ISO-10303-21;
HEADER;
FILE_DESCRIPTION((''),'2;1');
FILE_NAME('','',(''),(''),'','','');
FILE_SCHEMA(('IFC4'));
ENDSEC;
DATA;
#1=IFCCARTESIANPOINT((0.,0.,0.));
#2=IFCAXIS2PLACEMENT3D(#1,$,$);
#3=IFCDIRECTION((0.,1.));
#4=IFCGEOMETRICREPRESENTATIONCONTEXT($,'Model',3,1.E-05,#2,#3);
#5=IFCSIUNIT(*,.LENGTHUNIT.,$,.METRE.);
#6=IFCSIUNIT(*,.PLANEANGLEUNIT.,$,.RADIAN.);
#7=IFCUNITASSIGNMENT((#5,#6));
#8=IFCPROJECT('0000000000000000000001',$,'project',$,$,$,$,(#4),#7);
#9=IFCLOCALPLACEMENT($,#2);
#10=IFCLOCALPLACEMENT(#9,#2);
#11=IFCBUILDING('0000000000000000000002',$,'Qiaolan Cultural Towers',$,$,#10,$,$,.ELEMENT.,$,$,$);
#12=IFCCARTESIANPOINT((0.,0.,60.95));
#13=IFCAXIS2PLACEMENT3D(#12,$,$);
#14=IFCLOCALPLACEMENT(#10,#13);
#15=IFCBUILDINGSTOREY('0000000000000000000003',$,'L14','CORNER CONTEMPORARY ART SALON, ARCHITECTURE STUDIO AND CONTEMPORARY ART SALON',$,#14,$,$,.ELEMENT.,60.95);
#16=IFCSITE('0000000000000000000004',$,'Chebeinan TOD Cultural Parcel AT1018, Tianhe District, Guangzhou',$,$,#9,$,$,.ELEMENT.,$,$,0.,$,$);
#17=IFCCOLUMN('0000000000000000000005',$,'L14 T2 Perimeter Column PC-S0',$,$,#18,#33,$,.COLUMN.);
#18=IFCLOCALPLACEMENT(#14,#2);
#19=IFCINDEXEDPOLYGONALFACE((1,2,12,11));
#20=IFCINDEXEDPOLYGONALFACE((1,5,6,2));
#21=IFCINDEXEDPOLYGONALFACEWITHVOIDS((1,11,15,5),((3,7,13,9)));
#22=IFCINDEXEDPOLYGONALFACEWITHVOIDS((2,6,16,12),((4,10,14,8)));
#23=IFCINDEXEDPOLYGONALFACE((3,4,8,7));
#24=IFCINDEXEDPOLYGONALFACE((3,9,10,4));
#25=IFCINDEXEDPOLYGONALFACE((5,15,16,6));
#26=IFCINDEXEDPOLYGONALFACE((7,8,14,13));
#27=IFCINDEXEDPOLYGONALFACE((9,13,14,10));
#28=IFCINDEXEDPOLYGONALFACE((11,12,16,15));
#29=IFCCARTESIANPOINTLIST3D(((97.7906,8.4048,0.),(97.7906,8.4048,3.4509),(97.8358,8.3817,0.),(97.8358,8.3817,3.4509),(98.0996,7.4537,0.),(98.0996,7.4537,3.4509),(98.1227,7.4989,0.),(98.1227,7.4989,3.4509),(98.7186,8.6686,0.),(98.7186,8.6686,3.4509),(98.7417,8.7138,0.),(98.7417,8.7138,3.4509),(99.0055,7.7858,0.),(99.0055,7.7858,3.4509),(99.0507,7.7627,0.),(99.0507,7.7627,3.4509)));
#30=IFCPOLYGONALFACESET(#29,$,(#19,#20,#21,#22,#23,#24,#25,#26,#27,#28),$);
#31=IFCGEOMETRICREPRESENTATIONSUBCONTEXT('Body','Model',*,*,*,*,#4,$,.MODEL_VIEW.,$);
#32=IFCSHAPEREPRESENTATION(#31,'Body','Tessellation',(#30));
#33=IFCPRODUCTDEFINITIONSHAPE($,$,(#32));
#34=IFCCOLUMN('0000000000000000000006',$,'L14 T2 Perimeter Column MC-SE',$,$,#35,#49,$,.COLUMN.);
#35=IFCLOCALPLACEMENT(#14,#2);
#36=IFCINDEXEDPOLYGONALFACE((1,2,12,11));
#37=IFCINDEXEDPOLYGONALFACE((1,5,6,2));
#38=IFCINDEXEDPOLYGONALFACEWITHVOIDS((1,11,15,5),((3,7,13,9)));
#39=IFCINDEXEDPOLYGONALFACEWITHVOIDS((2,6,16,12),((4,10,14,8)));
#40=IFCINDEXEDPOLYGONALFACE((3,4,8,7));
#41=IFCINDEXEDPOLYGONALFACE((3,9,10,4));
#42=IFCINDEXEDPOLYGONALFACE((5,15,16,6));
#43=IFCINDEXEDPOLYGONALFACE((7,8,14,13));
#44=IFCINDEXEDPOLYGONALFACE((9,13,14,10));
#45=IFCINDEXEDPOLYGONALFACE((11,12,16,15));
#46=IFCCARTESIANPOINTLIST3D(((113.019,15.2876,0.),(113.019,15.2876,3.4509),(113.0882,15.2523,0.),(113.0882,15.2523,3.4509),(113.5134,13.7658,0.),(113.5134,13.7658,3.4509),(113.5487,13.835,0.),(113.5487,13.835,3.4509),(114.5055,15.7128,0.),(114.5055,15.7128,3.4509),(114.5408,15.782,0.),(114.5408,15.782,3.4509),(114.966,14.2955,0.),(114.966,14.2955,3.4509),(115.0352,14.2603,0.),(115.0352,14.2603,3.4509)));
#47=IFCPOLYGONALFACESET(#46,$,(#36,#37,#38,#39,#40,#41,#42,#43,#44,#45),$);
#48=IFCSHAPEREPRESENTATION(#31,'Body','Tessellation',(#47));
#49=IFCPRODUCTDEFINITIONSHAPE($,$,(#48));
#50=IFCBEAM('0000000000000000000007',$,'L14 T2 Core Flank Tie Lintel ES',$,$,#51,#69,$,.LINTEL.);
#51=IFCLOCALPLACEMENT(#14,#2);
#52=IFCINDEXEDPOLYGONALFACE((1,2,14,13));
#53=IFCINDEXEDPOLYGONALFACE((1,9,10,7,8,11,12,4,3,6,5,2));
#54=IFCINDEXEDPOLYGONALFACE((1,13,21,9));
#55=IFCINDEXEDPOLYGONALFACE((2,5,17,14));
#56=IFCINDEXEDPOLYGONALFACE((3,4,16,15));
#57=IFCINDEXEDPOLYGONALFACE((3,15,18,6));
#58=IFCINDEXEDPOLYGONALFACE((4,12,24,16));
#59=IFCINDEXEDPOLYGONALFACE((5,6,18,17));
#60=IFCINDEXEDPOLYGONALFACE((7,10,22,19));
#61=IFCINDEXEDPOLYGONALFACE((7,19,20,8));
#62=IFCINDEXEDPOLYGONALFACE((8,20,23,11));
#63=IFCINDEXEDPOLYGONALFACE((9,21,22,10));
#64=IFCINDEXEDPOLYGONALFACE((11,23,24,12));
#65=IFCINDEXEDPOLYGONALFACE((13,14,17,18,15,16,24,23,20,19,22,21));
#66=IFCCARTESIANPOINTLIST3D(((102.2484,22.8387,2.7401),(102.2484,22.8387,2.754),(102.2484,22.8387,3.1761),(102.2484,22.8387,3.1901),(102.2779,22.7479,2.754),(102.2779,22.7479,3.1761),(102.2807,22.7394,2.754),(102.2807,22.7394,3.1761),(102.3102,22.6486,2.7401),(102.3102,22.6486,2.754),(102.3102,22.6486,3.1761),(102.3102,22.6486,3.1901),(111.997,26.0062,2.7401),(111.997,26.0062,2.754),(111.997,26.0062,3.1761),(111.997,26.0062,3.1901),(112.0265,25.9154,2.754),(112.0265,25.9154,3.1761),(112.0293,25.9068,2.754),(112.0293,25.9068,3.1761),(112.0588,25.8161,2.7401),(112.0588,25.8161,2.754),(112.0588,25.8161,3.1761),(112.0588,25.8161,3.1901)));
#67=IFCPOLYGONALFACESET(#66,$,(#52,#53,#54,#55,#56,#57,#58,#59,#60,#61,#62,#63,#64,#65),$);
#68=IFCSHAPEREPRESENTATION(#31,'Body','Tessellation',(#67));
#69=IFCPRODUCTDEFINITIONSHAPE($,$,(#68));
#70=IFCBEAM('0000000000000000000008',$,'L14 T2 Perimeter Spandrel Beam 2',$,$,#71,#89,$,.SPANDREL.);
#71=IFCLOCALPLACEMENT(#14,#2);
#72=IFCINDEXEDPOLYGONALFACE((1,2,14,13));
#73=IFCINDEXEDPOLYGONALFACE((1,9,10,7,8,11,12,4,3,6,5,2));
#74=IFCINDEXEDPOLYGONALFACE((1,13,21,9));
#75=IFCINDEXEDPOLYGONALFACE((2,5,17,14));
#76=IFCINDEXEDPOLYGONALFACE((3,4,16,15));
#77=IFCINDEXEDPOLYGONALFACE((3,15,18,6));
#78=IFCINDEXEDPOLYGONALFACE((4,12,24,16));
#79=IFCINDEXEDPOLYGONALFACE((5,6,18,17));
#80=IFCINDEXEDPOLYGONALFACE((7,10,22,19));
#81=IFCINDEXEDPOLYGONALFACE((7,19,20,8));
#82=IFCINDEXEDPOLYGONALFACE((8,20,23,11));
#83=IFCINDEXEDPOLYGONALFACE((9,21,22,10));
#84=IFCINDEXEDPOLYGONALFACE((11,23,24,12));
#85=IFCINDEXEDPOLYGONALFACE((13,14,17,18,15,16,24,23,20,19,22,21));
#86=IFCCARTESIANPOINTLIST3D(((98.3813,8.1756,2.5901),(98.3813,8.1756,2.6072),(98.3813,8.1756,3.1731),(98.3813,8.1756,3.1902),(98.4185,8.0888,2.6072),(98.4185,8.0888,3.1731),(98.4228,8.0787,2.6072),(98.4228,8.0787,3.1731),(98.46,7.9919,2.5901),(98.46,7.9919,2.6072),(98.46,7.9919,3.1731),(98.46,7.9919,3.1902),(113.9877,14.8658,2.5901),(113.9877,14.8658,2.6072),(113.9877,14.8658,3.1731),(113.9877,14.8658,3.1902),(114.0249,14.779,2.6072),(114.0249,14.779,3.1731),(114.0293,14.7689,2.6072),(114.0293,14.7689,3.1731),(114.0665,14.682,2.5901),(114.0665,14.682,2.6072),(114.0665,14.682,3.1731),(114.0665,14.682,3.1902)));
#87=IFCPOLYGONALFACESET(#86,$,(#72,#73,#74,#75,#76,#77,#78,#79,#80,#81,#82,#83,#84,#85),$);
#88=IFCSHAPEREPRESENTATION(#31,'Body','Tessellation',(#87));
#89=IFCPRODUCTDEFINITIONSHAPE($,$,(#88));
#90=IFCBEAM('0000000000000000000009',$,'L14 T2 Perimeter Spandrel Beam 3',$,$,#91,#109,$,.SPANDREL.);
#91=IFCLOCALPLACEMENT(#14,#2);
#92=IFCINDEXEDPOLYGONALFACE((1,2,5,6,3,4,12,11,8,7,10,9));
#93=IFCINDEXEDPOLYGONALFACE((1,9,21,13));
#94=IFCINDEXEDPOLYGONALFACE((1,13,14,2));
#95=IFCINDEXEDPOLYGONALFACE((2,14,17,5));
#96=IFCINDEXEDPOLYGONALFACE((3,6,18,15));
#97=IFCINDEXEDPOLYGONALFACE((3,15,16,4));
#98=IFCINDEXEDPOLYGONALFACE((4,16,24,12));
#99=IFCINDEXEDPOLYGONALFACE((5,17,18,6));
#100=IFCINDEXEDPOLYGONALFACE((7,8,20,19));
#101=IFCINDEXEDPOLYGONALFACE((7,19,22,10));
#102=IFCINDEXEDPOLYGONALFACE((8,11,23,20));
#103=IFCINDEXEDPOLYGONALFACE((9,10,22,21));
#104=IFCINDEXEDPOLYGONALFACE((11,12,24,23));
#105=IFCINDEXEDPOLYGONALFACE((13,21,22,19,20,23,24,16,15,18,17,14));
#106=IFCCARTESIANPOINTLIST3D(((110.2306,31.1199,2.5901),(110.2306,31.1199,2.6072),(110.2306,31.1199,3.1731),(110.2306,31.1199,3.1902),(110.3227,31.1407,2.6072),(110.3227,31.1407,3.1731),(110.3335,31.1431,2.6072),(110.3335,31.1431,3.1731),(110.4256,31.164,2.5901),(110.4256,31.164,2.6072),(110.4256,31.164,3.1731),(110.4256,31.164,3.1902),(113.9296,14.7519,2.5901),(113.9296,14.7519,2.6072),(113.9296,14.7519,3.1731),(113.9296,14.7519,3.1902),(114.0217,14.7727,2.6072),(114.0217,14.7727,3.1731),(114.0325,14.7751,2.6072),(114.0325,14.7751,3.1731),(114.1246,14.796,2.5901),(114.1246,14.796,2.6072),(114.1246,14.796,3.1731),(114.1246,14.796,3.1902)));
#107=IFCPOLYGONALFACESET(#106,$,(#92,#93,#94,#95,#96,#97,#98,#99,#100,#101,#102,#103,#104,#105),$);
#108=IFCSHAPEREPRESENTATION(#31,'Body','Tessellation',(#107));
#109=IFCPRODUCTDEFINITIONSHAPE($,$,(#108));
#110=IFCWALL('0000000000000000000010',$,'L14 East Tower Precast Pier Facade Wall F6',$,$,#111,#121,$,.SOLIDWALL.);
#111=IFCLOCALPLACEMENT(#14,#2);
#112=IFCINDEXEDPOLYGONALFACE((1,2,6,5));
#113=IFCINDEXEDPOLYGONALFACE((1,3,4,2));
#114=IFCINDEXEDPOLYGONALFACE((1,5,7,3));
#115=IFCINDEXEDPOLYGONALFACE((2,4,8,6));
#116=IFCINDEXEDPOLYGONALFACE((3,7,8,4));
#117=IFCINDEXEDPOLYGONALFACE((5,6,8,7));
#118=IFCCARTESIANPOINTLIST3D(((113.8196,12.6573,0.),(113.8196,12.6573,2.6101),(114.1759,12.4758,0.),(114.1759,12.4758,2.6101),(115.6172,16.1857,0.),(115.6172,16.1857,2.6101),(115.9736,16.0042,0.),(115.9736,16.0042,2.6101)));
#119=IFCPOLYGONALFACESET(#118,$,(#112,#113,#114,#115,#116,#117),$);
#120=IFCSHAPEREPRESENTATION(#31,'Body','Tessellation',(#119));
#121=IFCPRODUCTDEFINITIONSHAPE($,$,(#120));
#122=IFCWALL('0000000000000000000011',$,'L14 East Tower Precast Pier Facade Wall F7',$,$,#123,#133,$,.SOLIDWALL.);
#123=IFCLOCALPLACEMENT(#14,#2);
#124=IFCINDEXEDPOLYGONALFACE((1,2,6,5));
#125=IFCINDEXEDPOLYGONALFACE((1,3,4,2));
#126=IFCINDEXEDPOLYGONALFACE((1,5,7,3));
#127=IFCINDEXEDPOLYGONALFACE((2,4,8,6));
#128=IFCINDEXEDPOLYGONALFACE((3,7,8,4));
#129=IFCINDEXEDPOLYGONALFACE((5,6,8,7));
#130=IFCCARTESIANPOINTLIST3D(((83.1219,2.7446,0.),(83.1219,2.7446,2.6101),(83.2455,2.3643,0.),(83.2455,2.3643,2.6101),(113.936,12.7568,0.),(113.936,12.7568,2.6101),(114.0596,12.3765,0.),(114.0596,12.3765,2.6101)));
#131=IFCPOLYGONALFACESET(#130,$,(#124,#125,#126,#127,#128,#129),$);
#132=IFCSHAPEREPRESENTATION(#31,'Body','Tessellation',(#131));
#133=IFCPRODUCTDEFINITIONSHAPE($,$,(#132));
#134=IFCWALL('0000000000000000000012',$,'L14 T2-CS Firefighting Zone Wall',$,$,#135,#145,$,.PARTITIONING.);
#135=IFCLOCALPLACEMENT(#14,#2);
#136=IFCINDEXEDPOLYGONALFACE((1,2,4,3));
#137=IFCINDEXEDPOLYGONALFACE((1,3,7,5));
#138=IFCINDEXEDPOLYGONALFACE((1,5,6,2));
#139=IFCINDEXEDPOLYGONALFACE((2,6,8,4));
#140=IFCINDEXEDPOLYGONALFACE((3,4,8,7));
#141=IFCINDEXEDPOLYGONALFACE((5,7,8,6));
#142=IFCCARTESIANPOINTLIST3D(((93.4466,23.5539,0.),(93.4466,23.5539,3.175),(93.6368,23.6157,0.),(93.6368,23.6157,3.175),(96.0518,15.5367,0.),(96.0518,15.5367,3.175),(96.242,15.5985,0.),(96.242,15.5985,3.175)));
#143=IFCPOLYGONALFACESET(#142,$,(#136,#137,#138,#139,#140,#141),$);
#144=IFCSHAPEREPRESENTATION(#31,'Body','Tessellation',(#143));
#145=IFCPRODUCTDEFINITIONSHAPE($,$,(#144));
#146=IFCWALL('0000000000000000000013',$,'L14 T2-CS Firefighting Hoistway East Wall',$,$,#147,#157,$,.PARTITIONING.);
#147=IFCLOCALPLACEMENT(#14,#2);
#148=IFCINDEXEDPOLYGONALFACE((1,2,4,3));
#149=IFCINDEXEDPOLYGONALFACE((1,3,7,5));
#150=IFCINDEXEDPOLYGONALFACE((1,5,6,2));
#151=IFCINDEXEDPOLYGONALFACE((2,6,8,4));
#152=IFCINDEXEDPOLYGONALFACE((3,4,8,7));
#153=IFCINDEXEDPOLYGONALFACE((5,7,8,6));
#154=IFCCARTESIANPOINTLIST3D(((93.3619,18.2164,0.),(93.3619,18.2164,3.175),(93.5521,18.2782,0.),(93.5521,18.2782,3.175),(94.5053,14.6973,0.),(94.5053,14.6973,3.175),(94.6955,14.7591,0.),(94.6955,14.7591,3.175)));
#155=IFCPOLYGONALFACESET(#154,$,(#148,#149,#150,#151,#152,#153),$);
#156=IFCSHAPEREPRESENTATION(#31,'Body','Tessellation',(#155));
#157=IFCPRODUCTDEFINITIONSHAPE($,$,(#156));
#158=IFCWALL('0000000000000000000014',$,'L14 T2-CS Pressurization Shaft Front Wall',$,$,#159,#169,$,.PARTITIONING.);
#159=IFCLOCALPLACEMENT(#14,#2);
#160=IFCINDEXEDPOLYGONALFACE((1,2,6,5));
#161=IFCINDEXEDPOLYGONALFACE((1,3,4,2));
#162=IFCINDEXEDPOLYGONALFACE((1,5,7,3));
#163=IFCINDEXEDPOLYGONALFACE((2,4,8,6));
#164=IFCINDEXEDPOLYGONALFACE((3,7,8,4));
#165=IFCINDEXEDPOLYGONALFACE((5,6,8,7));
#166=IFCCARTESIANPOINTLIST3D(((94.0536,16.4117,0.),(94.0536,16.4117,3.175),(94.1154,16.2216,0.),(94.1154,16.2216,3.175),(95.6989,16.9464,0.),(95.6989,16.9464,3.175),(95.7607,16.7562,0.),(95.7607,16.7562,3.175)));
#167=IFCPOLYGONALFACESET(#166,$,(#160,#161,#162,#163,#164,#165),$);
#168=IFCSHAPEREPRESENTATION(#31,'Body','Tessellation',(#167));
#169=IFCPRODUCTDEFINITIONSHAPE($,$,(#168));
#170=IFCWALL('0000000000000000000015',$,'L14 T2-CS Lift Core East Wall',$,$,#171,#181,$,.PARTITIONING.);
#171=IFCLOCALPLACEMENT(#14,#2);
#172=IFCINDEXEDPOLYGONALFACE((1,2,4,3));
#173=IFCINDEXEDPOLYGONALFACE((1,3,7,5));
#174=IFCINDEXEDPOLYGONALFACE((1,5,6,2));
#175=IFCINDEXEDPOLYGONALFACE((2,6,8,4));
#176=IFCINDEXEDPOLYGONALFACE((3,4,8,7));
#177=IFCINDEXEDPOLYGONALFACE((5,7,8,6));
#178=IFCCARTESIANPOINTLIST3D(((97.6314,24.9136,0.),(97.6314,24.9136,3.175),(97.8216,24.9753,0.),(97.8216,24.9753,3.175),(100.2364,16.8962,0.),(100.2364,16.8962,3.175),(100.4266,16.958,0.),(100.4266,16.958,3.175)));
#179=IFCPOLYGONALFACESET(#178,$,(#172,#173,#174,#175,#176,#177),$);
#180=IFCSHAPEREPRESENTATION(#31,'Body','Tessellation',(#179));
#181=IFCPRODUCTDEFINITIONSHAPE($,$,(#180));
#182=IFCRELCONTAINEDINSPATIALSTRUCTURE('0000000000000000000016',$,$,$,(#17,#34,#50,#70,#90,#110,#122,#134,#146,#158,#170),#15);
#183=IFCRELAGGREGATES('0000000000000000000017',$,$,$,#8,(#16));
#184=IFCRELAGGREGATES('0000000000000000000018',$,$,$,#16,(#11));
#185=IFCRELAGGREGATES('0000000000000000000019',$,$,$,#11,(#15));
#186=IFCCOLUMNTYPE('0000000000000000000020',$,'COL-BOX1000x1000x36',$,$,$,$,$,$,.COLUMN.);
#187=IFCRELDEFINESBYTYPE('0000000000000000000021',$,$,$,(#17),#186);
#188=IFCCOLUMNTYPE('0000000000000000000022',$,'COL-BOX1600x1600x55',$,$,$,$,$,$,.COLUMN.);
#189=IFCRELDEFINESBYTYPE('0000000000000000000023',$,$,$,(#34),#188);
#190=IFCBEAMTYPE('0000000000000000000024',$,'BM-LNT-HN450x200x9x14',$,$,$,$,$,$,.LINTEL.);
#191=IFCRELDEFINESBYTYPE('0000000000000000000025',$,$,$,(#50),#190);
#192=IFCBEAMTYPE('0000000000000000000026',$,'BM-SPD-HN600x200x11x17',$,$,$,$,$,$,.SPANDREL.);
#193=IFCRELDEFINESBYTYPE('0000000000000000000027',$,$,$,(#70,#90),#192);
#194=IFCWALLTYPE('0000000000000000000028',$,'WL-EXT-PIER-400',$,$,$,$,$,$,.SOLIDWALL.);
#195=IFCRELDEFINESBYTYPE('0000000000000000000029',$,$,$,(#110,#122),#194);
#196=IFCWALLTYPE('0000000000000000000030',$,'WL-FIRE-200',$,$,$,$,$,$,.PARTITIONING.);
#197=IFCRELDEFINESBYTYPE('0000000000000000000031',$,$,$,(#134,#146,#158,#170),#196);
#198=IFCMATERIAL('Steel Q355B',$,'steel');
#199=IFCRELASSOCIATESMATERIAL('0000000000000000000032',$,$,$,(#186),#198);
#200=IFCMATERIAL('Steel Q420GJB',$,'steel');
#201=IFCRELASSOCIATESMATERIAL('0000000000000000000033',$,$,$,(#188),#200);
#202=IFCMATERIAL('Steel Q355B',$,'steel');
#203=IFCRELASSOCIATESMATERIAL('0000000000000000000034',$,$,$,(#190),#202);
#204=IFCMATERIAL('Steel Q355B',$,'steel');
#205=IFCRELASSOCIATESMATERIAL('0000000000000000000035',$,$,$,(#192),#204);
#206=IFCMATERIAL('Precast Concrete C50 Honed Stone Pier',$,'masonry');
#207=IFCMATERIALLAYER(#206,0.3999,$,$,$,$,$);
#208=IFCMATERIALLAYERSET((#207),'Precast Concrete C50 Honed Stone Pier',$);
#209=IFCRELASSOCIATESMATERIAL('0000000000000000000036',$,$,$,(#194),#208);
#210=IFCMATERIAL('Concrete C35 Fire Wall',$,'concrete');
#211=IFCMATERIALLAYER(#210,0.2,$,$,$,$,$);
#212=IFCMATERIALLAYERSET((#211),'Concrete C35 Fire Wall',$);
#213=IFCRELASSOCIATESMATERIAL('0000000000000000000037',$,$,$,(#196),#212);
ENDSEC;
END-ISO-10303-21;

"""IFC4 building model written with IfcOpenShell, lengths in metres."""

from ifc_helpers import new_model, si_unit, direction, frame, frame_2d, origin, origin_2d, place, context, subcontext, project, spatial, rectangle, hollow_rectangle, i_section, extrude, material, layer, layer_set, material_profile, profile_set, type_object, element, save


model = new_model("IFC4")

# Units and contexts
model_context = context("Model", 3, precision=1e-05, world=origin(), true_north=direction((0.0, 1.0)))
body_context = subcontext(model_context, "Body", "Model", "MODEL_VIEW")
ifc_project = project(units=[si_unit("LENGTHUNIT", "METRE"), si_unit("PLANEANGLEUNIT", "RADIAN")], contexts=[model_context])

# Site, building, storey
site_placement = place(None, origin())
site = spatial("IfcSite", under=ifc_project, at=site_placement, Name="Chebeinan TOD Cultural Parcel AT1018, Tianhe District, Guangzhou", CompositionType="ELEMENT", RefElevation=0.0)
building_placement = place(site_placement, origin())
building = spatial("IfcBuilding", under=site, at=building_placement, Name="Qiaolan Cultural Towers", CompositionType="ELEMENT")
storey_placement = place(building_placement, frame((0.0, 0.0, 60.95)))
storey = spatial("IfcBuildingStorey", under=building, at=storey_placement, Name="L14", Description="CORNER CONTEMPORARY ART SALON, ARCHITECTURE STUDIO AND CONTEMPORARY ART SALON", CompositionType="ELEMENT", Elevation=60.95)

# Columns
ifc_material_1 = material(Name="Steel Q355B", Category="steel")
ifc_material_profile_1 = material_profile(ifc_material_1, hollow_rectangle(XDim=1.0, YDim=1.0, WallThickness=0.0359, at=origin_2d()), Name="BOX1000x1000x36")
ifc_profile_set_1 = profile_set([ifc_material_profile_1], Name="Steel Q355B")
column_type_1 = type_object("IfcColumnType", Name="COL-BOX1000x1000x36", PredefinedType="COLUMN", material=ifc_profile_set_1)
column_1_placement = place(storey_placement, frame((98.4207, 8.0837, 0.0), z_axis=(0.0, 0.0, 1.0), x_axis=(0.951057, 0.309017, 0.0)))
element("IfcColumn", 1, at=column_1_placement, inside=storey, type_object=column_type_1, Name="L14 T2 Perimeter Column PC-S0", PredefinedType="COLUMN", context=body_context, shape_type="SweptSolid", body=[
    extrude(hollow_rectangle(XDim=1.0, YDim=1.0, WallThickness=0.0359, at=origin_2d()), origin(), (0.0, 0.0, 1.0), 3.4509),
])
ifc_material_2 = material(Name="Steel Q420GJB", Category="steel")
ifc_material_profile_2 = material_profile(ifc_material_2, hollow_rectangle(XDim=1.6001, YDim=1.6001, WallThickness=0.0549, at=origin_2d()), Name="BOX1600x1600x55")
ifc_profile_set_2 = profile_set([ifc_material_profile_2], Name="Steel Q420GJB")
column_type_2 = type_object("IfcColumnType", Name="COL-BOX1600x1600x55", PredefinedType="COLUMN", material=ifc_profile_set_2)
column_2_placement = place(storey_placement, frame((114.0271, 14.7739, 0.0), z_axis=(0.0, 0.0, 1.0), x_axis=(0.951057, 0.309017, 0.0)))
element("IfcColumn", 2, at=column_2_placement, inside=storey, type_object=column_type_2, Name="L14 T2 Perimeter Column MC-SE", PredefinedType="COLUMN", context=body_context, shape_type="SweptSolid", body=[
    extrude(hollow_rectangle(XDim=1.6001, YDim=1.6001, WallThickness=0.0549, at=origin_2d()), origin(), (0.0, 0.0, 1.0), 3.4509),
])

# Beams
ifc_material_3 = material(Name="Steel Q355B", Category="steel")
ifc_material_profile_3 = material_profile(ifc_material_3, i_section(OverallWidth=0.2, OverallDepth=0.45, WebThickness=0.009, FlangeThickness=0.0139, at=origin_2d()), Name="HN450x200x9x14")
ifc_profile_set_3 = profile_set([ifc_material_profile_3], Name="Steel Q355B")
beam_type_1 = type_object("IfcBeamType", Name="BM-LNT-HN450x200x9x14", PredefinedType="LINTEL", material=ifc_profile_set_3)
beam_1_placement = place(storey_placement, frame((102.2793, 22.7437, 2.9651), z_axis=(0.951057, 0.309016, 0.0), x_axis=(-0.309016, 0.951057, 0.0)))
element("IfcBeam", 3, at=beam_1_placement, inside=storey, type_object=beam_type_1, Name="L14 T2 Core Flank Tie Lintel ES", PredefinedType="LINTEL", context=body_context, shape_type="SweptSolid", body=[
    extrude(i_section(OverallWidth=0.2, OverallDepth=0.45, WebThickness=0.009, FlangeThickness=0.0139, at=origin_2d()), origin(), (0.0, 0.0, 1.0), 10.2502),
])
ifc_material_4 = material(Name="Steel Q355B", Category="steel")
ifc_material_profile_4 = material_profile(ifc_material_4, i_section(OverallWidth=0.2, OverallDepth=0.6001, WebThickness=0.011, FlangeThickness=0.0171, at=origin_2d()), Name="HN600x200x11x17")
ifc_profile_set_4 = profile_set([ifc_material_profile_4], Name="Steel Q355B")
beam_type_2 = type_object("IfcBeamType", Name="BM-SPD-HN600x200x11x17", PredefinedType="SPANDREL", material=ifc_profile_set_4)
beam_2_placement = place(storey_placement, frame((98.4207, 8.0837, 2.8901), z_axis=(0.919109, 0.394004, 0.0), x_axis=(-0.394004, 0.919109, 0.0)))
element("IfcBeam", 4, at=beam_2_placement, inside=storey, type_object=beam_type_2, Name="L14 T2 Perimeter Spandrel Beam 2", PredefinedType="SPANDREL", context=body_context, shape_type="SweptSolid", body=[
    extrude(i_section(OverallWidth=0.2, OverallDepth=0.6001, WebThickness=0.011, FlangeThickness=0.0171, at=origin_2d()), origin(), (0.0, 0.0, 1.0), 16.98),
])
beam_3_placement = place(storey_placement, frame((114.0271, 14.7739, 2.8901), z_axis=(-0.220431, 0.975403, 0.0), x_axis=(-0.975403, -0.220431, 0.0)))
element("IfcBeam", 5, at=beam_3_placement, inside=storey, type_object=beam_type_2, Name="L14 T2 Perimeter Spandrel Beam 3", PredefinedType="SPANDREL", context=body_context, shape_type="SweptSolid", body=[
    extrude(i_section(OverallWidth=0.2, OverallDepth=0.6001, WebThickness=0.011, FlangeThickness=0.0171, at=origin_2d()), origin(), (0.0, 0.0, 1.0), 16.7808),
])

# Walls
ifc_material_5 = material(Name="Precast Concrete C50 Honed Stone Pier", Category="masonry")
ifc_layer_1 = layer(ifc_material_5, 0.3999)
ifc_layer_set_1 = layer_set([ifc_layer_1], Name="Precast Concrete C50 Honed Stone Pier")
wall_type_1 = type_object("IfcWallType", Name="WL-EXT-PIER-400", PredefinedType="SOLIDWALL", material=ifc_layer_set_1)
wall_1_placement = place(storey_placement, frame((115.7954, 16.095, 0.0), z_axis=(0.0, 0.0, 1.0), x_axis=(-0.453958, -0.891023, 0.0)))
element("IfcWall", 6, at=wall_1_placement, inside=storey, type_object=wall_type_1, Name="L14 East Tower Precast Pier Facade Wall F6", PredefinedType="SOLIDWALL", context=body_context, shape_type="SweptSolid", body=[
    extrude(rectangle(XDim=3.96, YDim=0.3999, at=frame_2d((1.98, 0.0))), origin(), (0.0, 0.0, 1.0), 2.6101),
])
wall_2_placement = place(storey_placement, frame((113.9978, 12.5667, 0.0), z_axis=(0.0, 0.0, 1.0), x_axis=(-0.951056, -0.309019, 0.0)))
element("IfcWall", 7, at=wall_2_placement, inside=storey, type_object=wall_type_1, Name="L14 East Tower Precast Pier Facade Wall F7", PredefinedType="SOLIDWALL", context=body_context, shape_type="SweptSolid", body=[
    extrude(rectangle(XDim=32.3999, YDim=0.3999, at=frame_2d((16.2, 0.0))), origin(), (0.0, 0.0, 1.0), 2.6101),
])
ifc_material_6 = material(Name="Concrete C35 Fire Wall", Category="concrete")
ifc_layer_2 = layer(ifc_material_6, 0.2)
ifc_layer_set_2 = layer_set([ifc_layer_2], Name="Concrete C35 Fire Wall")
wall_type_2 = type_object("IfcWallType", Name="WL-FIRE-200", PredefinedType="PARTITIONING", material=ifc_layer_set_2)
wall_3_placement = place(storey_placement, frame((93.5417, 23.5847, 0.0), z_axis=(0.0, 0.0, 1.0), x_axis=(0.309042, -0.951048, 0.0)))
element("IfcWall", 8, at=wall_3_placement, inside=storey, type_object=wall_type_2, Name="L14 T2-CS Firefighting Zone Wall", PredefinedType="PARTITIONING", context=body_context, shape_type="SweptSolid", body=[
    extrude(rectangle(XDim=8.4299, YDim=0.2, at=frame_2d((4.2148, 0.0))), origin(), (0.0, 0.0, 1.0), 3.175),
])
wall_4_placement = place(storey_placement, frame((93.457, 18.2473, 0.0), z_axis=(0.0, 0.0, 1.0), x_axis=(0.308994, -0.951064, 0.0)))
element("IfcWall", 9, at=wall_4_placement, inside=storey, type_object=wall_type_2, Name="L14 T2-CS Firefighting Hoistway East Wall", PredefinedType="PARTITIONING", context=body_context, shape_type="SweptSolid", body=[
    extrude(rectangle(XDim=3.7002, YDim=0.2, at=frame_2d((1.8501, 0.0))), origin(), (0.0, 0.0, 1.0), 3.175),
])
wall_5_placement = place(storey_placement, frame((94.0845, 16.3167, 0.0), z_axis=(0.0, 0.0, 1.0), x_axis=(0.951041, 0.309064, 0.0)))
element("IfcWall", 10, at=wall_5_placement, inside=storey, type_object=wall_type_2, Name="L14 T2-CS Pressurization Shaft Front Wall", PredefinedType="PARTITIONING", context=body_context, shape_type="SweptSolid", body=[
    extrude(rectangle(XDim=1.73, YDim=0.2, at=frame_2d((0.865, 0.0))), origin(), (0.0, 0.0, 1.0), 3.175),
])
wall_6_placement = place(storey_placement, frame((97.7266, 24.9443, 0.0), z_axis=(0.0, 0.0, 1.0), x_axis=(0.309016, -0.951057, 0.0)))
element("IfcWall", 11, at=wall_6_placement, inside=storey, type_object=wall_type_2, Name="L14 T2-CS Lift Core East Wall", PredefinedType="PARTITIONING", context=body_context, shape_type="SweptSolid", body=[
    extrude(rectangle(XDim=8.4299, YDim=0.2, at=frame_2d((4.2148, 0.0))), origin(), (0.0, 0.0, 1.0), 3.175),
])

save(model, "model.ifc")
